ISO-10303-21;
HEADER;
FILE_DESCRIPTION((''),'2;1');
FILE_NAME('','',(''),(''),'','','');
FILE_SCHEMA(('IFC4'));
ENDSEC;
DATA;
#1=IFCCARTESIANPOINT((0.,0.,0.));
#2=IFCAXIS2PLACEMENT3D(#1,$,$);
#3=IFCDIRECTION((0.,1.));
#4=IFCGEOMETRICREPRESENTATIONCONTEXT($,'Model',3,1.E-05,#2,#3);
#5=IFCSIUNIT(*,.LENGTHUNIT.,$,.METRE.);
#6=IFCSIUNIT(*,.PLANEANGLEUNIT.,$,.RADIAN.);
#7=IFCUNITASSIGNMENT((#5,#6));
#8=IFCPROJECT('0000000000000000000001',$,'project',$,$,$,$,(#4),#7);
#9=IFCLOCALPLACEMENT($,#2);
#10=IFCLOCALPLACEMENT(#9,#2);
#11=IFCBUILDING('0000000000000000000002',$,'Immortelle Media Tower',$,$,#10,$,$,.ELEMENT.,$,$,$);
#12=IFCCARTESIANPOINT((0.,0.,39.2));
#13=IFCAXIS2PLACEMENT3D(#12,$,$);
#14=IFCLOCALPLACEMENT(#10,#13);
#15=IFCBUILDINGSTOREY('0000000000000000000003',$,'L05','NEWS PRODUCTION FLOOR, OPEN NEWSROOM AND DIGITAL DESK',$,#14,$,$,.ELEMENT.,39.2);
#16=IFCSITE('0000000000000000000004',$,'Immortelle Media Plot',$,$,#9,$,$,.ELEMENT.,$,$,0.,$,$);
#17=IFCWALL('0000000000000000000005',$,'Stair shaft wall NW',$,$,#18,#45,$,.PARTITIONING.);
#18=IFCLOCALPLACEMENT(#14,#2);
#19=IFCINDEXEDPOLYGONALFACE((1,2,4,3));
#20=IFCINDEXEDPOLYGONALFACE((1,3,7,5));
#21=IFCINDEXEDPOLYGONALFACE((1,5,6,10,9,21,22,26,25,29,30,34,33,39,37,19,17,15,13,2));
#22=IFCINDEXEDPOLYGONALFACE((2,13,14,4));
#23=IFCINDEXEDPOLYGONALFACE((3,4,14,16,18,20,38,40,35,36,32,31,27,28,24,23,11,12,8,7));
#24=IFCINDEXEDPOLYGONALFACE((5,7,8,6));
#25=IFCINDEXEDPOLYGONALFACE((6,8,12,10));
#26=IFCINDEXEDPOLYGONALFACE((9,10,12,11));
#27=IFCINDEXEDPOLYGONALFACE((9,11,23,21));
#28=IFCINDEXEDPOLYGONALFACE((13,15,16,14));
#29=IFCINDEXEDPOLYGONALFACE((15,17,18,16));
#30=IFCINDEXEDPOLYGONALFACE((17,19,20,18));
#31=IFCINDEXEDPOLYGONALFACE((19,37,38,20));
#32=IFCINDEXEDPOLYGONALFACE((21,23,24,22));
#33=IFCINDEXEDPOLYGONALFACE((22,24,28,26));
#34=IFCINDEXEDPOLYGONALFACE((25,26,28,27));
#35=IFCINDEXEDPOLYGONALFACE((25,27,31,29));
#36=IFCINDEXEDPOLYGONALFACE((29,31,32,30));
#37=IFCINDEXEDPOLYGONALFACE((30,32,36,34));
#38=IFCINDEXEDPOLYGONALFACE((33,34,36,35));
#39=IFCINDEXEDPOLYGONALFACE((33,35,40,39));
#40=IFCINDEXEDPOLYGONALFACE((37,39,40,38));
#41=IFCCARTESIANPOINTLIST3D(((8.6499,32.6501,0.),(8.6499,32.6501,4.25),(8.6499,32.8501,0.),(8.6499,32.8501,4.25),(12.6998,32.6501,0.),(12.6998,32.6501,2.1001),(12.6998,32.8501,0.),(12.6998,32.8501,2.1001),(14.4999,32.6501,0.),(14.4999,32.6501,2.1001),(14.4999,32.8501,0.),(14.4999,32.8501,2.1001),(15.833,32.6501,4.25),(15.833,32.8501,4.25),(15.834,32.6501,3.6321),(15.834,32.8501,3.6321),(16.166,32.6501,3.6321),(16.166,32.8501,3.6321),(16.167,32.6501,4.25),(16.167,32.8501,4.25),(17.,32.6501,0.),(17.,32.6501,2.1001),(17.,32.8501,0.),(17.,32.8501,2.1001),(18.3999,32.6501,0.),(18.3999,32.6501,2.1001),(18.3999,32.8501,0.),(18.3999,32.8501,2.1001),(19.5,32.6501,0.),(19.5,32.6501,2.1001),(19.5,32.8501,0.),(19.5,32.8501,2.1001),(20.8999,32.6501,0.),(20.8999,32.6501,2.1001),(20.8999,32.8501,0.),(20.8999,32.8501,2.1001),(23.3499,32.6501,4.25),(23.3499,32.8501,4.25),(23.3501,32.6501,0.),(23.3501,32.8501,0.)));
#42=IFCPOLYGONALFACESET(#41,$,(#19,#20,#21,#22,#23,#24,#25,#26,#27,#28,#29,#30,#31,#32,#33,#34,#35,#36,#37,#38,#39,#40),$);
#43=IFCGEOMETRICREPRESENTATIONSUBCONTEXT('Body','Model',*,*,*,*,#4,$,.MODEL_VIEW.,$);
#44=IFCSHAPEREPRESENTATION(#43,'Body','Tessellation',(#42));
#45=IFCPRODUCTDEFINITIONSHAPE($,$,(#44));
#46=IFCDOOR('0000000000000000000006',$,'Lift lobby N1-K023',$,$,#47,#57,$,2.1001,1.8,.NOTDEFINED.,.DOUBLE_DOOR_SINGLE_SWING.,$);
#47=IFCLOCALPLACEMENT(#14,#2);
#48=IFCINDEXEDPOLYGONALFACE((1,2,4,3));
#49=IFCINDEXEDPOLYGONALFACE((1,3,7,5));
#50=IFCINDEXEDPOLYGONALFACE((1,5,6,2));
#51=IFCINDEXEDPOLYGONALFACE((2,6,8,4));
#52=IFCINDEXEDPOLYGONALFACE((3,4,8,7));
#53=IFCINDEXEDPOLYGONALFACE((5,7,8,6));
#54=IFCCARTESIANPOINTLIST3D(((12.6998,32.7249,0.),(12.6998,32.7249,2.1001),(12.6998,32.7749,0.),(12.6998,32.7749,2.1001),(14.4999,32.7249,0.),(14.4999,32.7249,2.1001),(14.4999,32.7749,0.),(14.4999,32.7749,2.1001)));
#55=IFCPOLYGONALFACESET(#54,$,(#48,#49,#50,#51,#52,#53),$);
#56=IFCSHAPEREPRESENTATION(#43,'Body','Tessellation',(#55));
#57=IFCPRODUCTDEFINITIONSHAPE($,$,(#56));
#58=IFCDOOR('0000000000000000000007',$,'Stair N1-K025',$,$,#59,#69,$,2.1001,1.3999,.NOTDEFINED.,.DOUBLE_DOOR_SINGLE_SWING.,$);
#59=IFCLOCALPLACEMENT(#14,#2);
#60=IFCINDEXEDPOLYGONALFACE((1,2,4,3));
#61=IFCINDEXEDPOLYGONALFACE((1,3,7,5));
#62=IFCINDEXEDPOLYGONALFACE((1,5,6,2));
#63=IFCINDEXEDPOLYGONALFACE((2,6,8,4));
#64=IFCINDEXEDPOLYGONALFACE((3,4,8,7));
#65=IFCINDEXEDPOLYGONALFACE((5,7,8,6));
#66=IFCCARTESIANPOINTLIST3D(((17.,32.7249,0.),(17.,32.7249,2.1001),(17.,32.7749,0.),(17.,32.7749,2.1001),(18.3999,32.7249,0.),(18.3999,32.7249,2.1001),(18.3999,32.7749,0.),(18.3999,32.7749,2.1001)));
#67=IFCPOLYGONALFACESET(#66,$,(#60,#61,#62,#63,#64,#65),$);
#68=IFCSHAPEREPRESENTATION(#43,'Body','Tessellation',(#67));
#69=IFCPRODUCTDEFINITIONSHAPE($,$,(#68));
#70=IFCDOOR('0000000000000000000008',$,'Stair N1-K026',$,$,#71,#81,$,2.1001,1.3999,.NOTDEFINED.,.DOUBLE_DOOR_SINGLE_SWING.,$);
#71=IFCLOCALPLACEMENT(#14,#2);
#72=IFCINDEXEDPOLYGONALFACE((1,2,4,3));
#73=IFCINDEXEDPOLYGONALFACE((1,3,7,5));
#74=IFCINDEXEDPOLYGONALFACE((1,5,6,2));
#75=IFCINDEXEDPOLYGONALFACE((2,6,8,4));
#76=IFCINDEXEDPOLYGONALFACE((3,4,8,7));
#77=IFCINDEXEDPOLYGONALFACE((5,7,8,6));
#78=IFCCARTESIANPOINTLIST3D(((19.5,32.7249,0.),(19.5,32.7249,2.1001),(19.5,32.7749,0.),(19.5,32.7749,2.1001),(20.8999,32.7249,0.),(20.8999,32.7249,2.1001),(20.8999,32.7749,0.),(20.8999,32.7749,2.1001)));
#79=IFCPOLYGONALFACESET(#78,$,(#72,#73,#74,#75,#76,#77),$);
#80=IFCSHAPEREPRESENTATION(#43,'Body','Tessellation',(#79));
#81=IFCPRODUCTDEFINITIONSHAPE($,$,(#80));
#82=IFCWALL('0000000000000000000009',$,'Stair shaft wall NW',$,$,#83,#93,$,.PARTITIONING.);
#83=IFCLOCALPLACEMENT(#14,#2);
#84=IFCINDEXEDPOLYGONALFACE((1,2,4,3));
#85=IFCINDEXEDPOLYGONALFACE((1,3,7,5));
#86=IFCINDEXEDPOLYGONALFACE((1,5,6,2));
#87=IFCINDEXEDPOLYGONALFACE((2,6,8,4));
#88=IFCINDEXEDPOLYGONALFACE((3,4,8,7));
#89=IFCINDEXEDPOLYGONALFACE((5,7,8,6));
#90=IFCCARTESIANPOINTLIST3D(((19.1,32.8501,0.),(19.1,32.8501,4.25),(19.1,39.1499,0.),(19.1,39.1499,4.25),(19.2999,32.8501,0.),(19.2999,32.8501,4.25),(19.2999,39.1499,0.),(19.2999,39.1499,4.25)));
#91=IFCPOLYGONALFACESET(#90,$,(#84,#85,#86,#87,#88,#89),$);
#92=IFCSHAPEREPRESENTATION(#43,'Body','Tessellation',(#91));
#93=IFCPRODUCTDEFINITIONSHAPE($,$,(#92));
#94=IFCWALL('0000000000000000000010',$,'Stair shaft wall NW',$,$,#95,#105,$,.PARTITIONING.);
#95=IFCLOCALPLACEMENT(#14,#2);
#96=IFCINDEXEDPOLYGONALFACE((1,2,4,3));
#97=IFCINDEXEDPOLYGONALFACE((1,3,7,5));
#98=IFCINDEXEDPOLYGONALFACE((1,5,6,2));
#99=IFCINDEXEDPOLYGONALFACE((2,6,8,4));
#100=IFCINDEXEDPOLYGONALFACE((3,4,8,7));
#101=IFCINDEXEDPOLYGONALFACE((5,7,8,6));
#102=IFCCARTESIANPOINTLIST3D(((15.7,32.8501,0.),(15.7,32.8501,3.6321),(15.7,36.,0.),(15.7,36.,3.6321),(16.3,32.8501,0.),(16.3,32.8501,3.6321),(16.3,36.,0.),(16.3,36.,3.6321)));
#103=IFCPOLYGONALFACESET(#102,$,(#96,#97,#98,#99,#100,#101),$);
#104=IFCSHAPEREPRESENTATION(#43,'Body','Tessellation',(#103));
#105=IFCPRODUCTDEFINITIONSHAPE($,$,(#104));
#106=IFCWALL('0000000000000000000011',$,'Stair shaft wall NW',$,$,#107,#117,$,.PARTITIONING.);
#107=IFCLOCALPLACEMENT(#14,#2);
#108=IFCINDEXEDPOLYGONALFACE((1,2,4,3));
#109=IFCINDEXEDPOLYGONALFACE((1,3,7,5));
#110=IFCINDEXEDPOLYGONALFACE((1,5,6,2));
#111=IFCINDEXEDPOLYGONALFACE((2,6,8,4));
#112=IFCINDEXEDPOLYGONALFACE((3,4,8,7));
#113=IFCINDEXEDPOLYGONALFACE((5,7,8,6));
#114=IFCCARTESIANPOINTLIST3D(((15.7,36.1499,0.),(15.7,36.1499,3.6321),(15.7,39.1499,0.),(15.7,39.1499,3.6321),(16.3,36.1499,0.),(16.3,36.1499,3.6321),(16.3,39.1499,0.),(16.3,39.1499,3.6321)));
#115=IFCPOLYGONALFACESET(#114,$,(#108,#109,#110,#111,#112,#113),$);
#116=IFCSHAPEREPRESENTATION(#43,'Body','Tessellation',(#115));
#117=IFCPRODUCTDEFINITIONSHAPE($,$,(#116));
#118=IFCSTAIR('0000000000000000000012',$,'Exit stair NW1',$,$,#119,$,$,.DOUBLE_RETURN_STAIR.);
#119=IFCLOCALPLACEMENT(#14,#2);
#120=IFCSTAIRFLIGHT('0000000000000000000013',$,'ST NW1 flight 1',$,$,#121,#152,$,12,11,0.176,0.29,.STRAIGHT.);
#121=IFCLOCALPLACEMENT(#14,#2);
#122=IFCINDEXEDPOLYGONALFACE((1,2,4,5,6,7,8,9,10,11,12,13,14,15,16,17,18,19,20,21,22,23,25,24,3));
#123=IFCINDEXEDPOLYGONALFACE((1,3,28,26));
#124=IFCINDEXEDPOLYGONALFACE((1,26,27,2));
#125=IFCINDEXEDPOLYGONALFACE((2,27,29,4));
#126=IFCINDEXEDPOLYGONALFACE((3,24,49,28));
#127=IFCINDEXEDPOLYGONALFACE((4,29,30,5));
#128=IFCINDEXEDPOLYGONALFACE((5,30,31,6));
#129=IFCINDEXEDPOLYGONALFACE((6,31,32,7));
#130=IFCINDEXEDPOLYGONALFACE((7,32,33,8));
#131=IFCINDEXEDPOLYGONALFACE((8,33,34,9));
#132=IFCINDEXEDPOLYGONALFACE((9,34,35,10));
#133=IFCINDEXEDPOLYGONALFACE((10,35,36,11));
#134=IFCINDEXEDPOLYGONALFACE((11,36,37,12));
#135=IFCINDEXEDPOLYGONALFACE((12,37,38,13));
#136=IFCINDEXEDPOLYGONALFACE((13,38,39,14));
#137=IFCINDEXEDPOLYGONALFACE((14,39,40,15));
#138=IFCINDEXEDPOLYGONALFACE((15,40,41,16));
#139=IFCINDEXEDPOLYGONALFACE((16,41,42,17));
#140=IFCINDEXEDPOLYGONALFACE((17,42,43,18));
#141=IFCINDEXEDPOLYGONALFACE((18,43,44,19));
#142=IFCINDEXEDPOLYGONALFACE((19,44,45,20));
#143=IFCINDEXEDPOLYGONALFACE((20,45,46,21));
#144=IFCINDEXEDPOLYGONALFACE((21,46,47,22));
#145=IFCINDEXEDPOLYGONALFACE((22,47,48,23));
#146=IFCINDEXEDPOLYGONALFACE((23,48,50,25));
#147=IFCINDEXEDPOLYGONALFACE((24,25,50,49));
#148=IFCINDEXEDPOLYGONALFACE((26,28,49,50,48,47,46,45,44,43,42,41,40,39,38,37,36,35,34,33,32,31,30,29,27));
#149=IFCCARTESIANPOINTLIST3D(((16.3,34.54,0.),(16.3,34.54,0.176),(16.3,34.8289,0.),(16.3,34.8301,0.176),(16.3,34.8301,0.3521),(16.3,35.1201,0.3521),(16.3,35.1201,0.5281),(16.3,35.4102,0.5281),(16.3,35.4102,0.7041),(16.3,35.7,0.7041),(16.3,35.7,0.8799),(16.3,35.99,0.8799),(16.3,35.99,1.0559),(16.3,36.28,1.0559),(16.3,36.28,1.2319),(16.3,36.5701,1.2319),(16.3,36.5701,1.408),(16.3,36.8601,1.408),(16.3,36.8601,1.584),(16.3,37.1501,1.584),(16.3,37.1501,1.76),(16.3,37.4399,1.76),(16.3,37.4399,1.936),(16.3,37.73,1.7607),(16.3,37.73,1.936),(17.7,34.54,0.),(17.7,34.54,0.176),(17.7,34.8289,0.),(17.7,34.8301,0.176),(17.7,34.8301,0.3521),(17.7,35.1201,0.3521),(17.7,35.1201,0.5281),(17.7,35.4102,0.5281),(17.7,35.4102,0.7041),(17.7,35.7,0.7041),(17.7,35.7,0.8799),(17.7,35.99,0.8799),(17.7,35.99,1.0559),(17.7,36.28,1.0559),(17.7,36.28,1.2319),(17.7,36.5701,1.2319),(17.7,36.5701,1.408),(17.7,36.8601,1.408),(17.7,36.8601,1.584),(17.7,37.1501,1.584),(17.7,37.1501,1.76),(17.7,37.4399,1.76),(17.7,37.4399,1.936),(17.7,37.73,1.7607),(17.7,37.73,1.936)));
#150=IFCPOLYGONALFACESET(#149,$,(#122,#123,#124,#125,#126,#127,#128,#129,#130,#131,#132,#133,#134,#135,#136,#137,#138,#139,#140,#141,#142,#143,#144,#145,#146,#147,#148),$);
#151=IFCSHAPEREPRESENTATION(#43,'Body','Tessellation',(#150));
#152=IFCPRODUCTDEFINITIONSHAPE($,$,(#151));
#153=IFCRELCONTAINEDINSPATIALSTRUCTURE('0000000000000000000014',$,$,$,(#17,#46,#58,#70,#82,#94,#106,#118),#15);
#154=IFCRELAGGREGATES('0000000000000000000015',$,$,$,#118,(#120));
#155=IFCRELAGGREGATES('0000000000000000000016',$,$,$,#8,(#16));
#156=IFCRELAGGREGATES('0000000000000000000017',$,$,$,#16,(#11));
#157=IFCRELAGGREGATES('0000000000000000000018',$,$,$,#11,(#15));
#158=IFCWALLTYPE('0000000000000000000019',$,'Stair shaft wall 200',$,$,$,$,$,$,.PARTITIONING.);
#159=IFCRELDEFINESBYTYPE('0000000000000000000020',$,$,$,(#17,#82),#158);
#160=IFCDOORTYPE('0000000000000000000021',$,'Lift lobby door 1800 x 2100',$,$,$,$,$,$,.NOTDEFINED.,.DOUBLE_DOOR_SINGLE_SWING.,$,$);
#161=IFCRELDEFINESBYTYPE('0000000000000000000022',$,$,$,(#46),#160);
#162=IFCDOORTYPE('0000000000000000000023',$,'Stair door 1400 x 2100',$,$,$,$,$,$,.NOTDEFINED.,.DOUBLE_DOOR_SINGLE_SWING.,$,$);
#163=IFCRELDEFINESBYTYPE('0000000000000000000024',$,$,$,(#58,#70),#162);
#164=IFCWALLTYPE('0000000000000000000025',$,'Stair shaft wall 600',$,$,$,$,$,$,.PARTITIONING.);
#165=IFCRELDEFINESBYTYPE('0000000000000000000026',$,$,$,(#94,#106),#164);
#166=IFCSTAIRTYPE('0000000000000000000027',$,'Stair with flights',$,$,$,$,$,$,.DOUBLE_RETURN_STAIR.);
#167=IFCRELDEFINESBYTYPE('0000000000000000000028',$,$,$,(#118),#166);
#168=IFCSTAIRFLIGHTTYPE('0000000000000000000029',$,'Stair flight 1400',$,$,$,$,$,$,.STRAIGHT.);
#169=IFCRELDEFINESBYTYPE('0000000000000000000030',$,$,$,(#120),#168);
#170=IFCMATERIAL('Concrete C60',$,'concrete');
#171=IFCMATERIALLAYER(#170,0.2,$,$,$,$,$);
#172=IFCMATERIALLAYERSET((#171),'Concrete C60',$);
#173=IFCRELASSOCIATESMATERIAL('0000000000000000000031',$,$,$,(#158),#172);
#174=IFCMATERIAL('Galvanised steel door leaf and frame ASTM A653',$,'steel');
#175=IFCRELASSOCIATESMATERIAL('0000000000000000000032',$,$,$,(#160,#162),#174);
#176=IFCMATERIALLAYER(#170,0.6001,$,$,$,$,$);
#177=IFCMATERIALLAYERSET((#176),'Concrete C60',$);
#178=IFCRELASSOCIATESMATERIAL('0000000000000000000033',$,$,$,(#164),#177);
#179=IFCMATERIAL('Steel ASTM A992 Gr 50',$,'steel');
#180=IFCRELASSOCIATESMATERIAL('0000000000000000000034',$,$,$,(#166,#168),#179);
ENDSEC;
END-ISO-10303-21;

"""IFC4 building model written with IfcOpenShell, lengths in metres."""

from ifc_helpers import new_model, si_unit, direction, frame, frame_2d, origin, place, context, subcontext, project, spatial, polyline, rectangle, outline, extrude, material, layer, layer_set, type_object, element, fill, aggregate, save


model = new_model("IFC4")

# Units and contexts
model_context = context("Model", 3, precision=1e-05, world=origin(), true_north=direction((0.0, 1.0)))
body_context = subcontext(model_context, "Body", "Model", "MODEL_VIEW")
ifc_project = project(units=[si_unit("LENGTHUNIT", "METRE"), si_unit("PLANEANGLEUNIT", "RADIAN")], contexts=[model_context])

# Site, building, storey
site_placement = place(None, origin())
site = spatial("IfcSite", under=ifc_project, at=site_placement, Name="Immortelle Media Plot", CompositionType="ELEMENT", RefElevation=0.0)
building_placement = place(site_placement, origin())
building = spatial("IfcBuilding", under=site, at=building_placement, Name="Immortelle Media Tower", CompositionType="ELEMENT")
storey_placement = place(building_placement, frame((0.0, 0.0, 39.2)))
storey = spatial("IfcBuildingStorey", under=building, at=storey_placement, Name="L05", Description="NEWS PRODUCTION FLOOR, OPEN NEWSROOM AND DIGITAL DESK", CompositionType="ELEMENT", Elevation=39.2)

# Shared definitions
ifc_material_1 = material(Name="Steel ASTM A992 Gr 50", Category="steel")

# Wall, openings, doors
ifc_material_2 = material(Name="Concrete C60", Category="concrete")
ifc_layer_1 = layer(ifc_material_2, 0.2)
ifc_layer_set_1 = layer_set([ifc_layer_1], Name="Concrete C60")
wall_type_1 = type_object("IfcWallType", Name="Stair shaft wall 200", PredefinedType="PARTITIONING", material=ifc_layer_set_1)
wall_1_placement = place(storey_placement, frame((8.6499, 32.75, 0.0), z_axis=(0.0, 0.0, 1.0), x_axis=(1.0, 0.0, 0.0)))
wall_1 = element("IfcWall", 1, at=wall_1_placement, inside=storey, type_object=wall_type_1, Name="Stair shaft wall NW", PredefinedType="PARTITIONING", context=body_context, shape_type="SweptSolid", body=[
    extrude(outline(polyline([(0.0, 0.0), (14.7002, 0.0), (14.7, 4.25), (7.5171, 4.25), (7.5161, 3.6321), (7.1841, 3.6321), (7.1831, 4.25), (0.0, 4.25), (0.0, 0.0)])), frame((0.0, 0.1001, 0.0), z_axis=(0.0, -1.0, 0.0), x_axis=(1.0, 0.0, 0.0)), (0.0, 0.0, 1.0), 0.2),
])
opening_1_placement = place(wall_1_placement, frame((4.05, 0.0, 0.0)))
opening_1 = element("IfcOpeningElement", 2, at=opening_1_placement, cuts=wall_1, PredefinedType="OPENING", context=body_context, shape_type="SweptSolid", body=[
    extrude(rectangle(XDim=1.8, YDim=2.1001, at=frame_2d((0.8999, 1.05))), frame((0.0, 0.1099, 0.0), z_axis=(0.0, -1.0, 0.0), x_axis=(1.0, 0.0, 0.0)), (0.0, 0.0, 1.0), 0.22),
])
opening_2_placement = place(wall_1_placement, frame((8.3501, 0.0, 0.0)))
opening_2 = element("IfcOpeningElement", 3, at=opening_2_placement, cuts=wall_1, PredefinedType="OPENING", context=body_context, shape_type="SweptSolid", body=[
    extrude(rectangle(XDim=1.3999, YDim=2.1001, at=frame_2d((0.7, 1.05))), frame((0.0, 0.1099, 0.0), z_axis=(0.0, -1.0, 0.0), x_axis=(1.0, 0.0, 0.0)), (0.0, 0.0, 1.0), 0.22),
])
opening_3_placement = place(wall_1_placement, frame((10.8501, 0.0, 0.0)))
opening_3 = element("IfcOpeningElement", 4, at=opening_3_placement, cuts=wall_1, PredefinedType="OPENING", context=body_context, shape_type="SweptSolid", body=[
    extrude(rectangle(XDim=1.3999, YDim=2.1001, at=frame_2d((0.7, 1.05))), frame((0.0, 0.1099, 0.0), z_axis=(0.0, -1.0, 0.0), x_axis=(1.0, 0.0, 0.0)), (0.0, 0.0, 1.0), 0.22),
])
ifc_material_3 = material(Name="Galvanised steel door leaf and frame ASTM A653", Category="steel")
door_type_1 = type_object("IfcDoorType", Name="Lift lobby door 1800 x 2100", OperationType="DOUBLE_DOOR_SINGLE_SWING", PredefinedType="NOTDEFINED", material=ifc_material_3)
door_1_placement = place(opening_1_placement, origin())
door_1 = element("IfcDoor", 5, at=door_1_placement, inside=storey, type_object=door_type_1, Name="Lift lobby N1-K023", OperationType="DOUBLE_DOOR_SINGLE_SWING", OverallHeight=2.1001, OverallWidth=1.8, PredefinedType="NOTDEFINED", context=body_context, shape_type="SweptSolid", body=[
    extrude(rectangle(XDim=1.8, YDim=2.1001, at=frame_2d((0.8999, 1.05))), frame((0.0, 0.0249, 0.0), z_axis=(0.0, -1.0, 0.0), x_axis=(1.0, 0.0, 0.0)), (0.0, 0.0, 1.0), 0.05),
])
fill(opening_1, door_1)
door_type_2 = type_object("IfcDoorType", Name="Stair door 1400 x 2100", OperationType="DOUBLE_DOOR_SINGLE_SWING", PredefinedType="NOTDEFINED", material=ifc_material_3)
door_2_placement = place(opening_2_placement, origin())
door_2 = element("IfcDoor", 6, at=door_2_placement, inside=storey, type_object=door_type_2, Name="Stair N1-K025", OperationType="DOUBLE_DOOR_SINGLE_SWING", OverallHeight=2.1001, OverallWidth=1.3999, PredefinedType="NOTDEFINED", context=body_context, shape_type="SweptSolid", body=[
    extrude(rectangle(XDim=1.3999, YDim=2.1001, at=frame_2d((0.7, 1.05))), frame((0.0, 0.0249, 0.0), z_axis=(0.0, -1.0, 0.0), x_axis=(1.0, 0.0, 0.0)), (0.0, 0.0, 1.0), 0.05),
])
fill(opening_2, door_2)
door_3_placement = place(opening_3_placement, origin())
door_3 = element("IfcDoor", 7, at=door_3_placement, inside=storey, type_object=door_type_2, Name="Stair N1-K026", OperationType="DOUBLE_DOOR_SINGLE_SWING", OverallHeight=2.1001, OverallWidth=1.3999, PredefinedType="NOTDEFINED", context=body_context, shape_type="SweptSolid", body=[
    extrude(rectangle(XDim=1.3999, YDim=2.1001, at=frame_2d((0.7, 1.05))), frame((0.0, 0.0249, 0.0), z_axis=(0.0, -1.0, 0.0), x_axis=(1.0, 0.0, 0.0)), (0.0, 0.0, 1.0), 0.05),
])
fill(opening_3, door_3)

# Walls
wall_2_placement = place(storey_placement, frame((19.2, 32.8501, 0.0), z_axis=(0.0, 0.0, 1.0), x_axis=(0.0, 1.0, 0.0)))
element("IfcWall", 8, at=wall_2_placement, inside=storey, type_object=wall_type_1, Name="Stair shaft wall NW", PredefinedType="PARTITIONING", context=body_context, shape_type="SweptSolid", body=[
    extrude(rectangle(XDim=6.2998, YDim=0.2, at=frame_2d((3.1499, 0.0))), origin(), (0.0, 0.0, 1.0), 4.25),
])
ifc_layer_2 = layer(ifc_material_2, 0.6001)
ifc_layer_set_2 = layer_set([ifc_layer_2], Name="Concrete C60")
wall_type_2 = type_object("IfcWallType", Name="Stair shaft wall 600", PredefinedType="PARTITIONING", material=ifc_layer_set_2)
wall_3_placement = place(storey_placement, frame((16.0, 32.8501, 0.0), z_axis=(0.0, 0.0, 1.0), x_axis=(0.0, 1.0, 0.0)))
element("IfcWall", 9, at=wall_3_placement, inside=storey, type_object=wall_type_2, Name="Stair shaft wall NW", PredefinedType="PARTITIONING", context=body_context, shape_type="SweptSolid", body=[
    extrude(rectangle(XDim=3.1499, YDim=0.6001, at=frame_2d((1.575, 0.0))), origin(), (0.0, 0.0, 1.0), 3.6321),
])
wall_4_placement = place(storey_placement, frame((16.0, 36.1499, 0.0), z_axis=(0.0, 0.0, 1.0), x_axis=(0.0, 1.0, 0.0)))
element("IfcWall", 10, at=wall_4_placement, inside=storey, type_object=wall_type_2, Name="Stair shaft wall NW", PredefinedType="PARTITIONING", context=body_context, shape_type="SweptSolid", body=[
    extrude(rectangle(XDim=3.0, YDim=0.6001, at=frame_2d((1.5, 0.0))), origin(), (0.0, 0.0, 1.0), 3.6321),
])

# Stair, stair flight
stair_type = type_object("IfcStairType", Name="Stair with flights", PredefinedType="DOUBLE_RETURN_STAIR", material=ifc_material_1)
stair_placement = place(storey_placement, origin())
stair = element("IfcStair", 11, at=stair_placement, inside=storey, type_object=stair_type, Name="Exit stair NW1", PredefinedType="DOUBLE_RETURN_STAIR")
stair_flight_type = type_object("IfcStairFlightType", Name="Stair flight 1400", PredefinedType="STRAIGHT", material=ifc_material_1)
stair_flight_placement = place(storey_placement, frame((17.0, 34.54, 0.0), z_axis=(0.0, 0.0, 1.0), x_axis=(0.0, 1.0, 0.0)))
stair_flight = element("IfcStairFlight", 12, at=stair_flight_placement, type_object=stair_flight_type, Name="ST NW1 flight 1", NumberOfRisers=12, NumberOfTreads=11, PredefinedType="STRAIGHT", RiserHeight=0.176, TreadLength=0.29, context=body_context, shape_type="SweptSolid", body=[
    extrude(outline(polyline([(0.0, 0.0), (0.0, 0.176), (0.29, 0.176), (0.29, 0.3521), (0.5801, 0.3521), (0.5801, 0.5281), (0.8701, 0.5281), (0.8701, 0.7041), (1.1599, 0.7041), (1.1599, 0.8799), (1.45, 0.8799), (1.45, 1.0559), (1.74, 1.0559), (1.74, 1.2319), (2.03, 1.2319), (2.03, 1.408), (2.3201, 1.408), (2.3201, 1.584), (2.6101, 1.584), (2.6101, 1.76), (2.8999, 1.76), (2.8999, 1.936), (3.1899, 1.936), (3.1899, 2.1121), (3.1899, 1.7607), (0.2888, 0.0), (0.0, 0.0)])), frame((0.0, 0.7, 0.0), z_axis=(0.0, -1.0, 0.0), x_axis=(1.0, 0.0, 0.0)), (0.0, 0.0, 1.0), 1.3999),
])
aggregate(stair, [stair_flight])

save(model, "model.ifc")
